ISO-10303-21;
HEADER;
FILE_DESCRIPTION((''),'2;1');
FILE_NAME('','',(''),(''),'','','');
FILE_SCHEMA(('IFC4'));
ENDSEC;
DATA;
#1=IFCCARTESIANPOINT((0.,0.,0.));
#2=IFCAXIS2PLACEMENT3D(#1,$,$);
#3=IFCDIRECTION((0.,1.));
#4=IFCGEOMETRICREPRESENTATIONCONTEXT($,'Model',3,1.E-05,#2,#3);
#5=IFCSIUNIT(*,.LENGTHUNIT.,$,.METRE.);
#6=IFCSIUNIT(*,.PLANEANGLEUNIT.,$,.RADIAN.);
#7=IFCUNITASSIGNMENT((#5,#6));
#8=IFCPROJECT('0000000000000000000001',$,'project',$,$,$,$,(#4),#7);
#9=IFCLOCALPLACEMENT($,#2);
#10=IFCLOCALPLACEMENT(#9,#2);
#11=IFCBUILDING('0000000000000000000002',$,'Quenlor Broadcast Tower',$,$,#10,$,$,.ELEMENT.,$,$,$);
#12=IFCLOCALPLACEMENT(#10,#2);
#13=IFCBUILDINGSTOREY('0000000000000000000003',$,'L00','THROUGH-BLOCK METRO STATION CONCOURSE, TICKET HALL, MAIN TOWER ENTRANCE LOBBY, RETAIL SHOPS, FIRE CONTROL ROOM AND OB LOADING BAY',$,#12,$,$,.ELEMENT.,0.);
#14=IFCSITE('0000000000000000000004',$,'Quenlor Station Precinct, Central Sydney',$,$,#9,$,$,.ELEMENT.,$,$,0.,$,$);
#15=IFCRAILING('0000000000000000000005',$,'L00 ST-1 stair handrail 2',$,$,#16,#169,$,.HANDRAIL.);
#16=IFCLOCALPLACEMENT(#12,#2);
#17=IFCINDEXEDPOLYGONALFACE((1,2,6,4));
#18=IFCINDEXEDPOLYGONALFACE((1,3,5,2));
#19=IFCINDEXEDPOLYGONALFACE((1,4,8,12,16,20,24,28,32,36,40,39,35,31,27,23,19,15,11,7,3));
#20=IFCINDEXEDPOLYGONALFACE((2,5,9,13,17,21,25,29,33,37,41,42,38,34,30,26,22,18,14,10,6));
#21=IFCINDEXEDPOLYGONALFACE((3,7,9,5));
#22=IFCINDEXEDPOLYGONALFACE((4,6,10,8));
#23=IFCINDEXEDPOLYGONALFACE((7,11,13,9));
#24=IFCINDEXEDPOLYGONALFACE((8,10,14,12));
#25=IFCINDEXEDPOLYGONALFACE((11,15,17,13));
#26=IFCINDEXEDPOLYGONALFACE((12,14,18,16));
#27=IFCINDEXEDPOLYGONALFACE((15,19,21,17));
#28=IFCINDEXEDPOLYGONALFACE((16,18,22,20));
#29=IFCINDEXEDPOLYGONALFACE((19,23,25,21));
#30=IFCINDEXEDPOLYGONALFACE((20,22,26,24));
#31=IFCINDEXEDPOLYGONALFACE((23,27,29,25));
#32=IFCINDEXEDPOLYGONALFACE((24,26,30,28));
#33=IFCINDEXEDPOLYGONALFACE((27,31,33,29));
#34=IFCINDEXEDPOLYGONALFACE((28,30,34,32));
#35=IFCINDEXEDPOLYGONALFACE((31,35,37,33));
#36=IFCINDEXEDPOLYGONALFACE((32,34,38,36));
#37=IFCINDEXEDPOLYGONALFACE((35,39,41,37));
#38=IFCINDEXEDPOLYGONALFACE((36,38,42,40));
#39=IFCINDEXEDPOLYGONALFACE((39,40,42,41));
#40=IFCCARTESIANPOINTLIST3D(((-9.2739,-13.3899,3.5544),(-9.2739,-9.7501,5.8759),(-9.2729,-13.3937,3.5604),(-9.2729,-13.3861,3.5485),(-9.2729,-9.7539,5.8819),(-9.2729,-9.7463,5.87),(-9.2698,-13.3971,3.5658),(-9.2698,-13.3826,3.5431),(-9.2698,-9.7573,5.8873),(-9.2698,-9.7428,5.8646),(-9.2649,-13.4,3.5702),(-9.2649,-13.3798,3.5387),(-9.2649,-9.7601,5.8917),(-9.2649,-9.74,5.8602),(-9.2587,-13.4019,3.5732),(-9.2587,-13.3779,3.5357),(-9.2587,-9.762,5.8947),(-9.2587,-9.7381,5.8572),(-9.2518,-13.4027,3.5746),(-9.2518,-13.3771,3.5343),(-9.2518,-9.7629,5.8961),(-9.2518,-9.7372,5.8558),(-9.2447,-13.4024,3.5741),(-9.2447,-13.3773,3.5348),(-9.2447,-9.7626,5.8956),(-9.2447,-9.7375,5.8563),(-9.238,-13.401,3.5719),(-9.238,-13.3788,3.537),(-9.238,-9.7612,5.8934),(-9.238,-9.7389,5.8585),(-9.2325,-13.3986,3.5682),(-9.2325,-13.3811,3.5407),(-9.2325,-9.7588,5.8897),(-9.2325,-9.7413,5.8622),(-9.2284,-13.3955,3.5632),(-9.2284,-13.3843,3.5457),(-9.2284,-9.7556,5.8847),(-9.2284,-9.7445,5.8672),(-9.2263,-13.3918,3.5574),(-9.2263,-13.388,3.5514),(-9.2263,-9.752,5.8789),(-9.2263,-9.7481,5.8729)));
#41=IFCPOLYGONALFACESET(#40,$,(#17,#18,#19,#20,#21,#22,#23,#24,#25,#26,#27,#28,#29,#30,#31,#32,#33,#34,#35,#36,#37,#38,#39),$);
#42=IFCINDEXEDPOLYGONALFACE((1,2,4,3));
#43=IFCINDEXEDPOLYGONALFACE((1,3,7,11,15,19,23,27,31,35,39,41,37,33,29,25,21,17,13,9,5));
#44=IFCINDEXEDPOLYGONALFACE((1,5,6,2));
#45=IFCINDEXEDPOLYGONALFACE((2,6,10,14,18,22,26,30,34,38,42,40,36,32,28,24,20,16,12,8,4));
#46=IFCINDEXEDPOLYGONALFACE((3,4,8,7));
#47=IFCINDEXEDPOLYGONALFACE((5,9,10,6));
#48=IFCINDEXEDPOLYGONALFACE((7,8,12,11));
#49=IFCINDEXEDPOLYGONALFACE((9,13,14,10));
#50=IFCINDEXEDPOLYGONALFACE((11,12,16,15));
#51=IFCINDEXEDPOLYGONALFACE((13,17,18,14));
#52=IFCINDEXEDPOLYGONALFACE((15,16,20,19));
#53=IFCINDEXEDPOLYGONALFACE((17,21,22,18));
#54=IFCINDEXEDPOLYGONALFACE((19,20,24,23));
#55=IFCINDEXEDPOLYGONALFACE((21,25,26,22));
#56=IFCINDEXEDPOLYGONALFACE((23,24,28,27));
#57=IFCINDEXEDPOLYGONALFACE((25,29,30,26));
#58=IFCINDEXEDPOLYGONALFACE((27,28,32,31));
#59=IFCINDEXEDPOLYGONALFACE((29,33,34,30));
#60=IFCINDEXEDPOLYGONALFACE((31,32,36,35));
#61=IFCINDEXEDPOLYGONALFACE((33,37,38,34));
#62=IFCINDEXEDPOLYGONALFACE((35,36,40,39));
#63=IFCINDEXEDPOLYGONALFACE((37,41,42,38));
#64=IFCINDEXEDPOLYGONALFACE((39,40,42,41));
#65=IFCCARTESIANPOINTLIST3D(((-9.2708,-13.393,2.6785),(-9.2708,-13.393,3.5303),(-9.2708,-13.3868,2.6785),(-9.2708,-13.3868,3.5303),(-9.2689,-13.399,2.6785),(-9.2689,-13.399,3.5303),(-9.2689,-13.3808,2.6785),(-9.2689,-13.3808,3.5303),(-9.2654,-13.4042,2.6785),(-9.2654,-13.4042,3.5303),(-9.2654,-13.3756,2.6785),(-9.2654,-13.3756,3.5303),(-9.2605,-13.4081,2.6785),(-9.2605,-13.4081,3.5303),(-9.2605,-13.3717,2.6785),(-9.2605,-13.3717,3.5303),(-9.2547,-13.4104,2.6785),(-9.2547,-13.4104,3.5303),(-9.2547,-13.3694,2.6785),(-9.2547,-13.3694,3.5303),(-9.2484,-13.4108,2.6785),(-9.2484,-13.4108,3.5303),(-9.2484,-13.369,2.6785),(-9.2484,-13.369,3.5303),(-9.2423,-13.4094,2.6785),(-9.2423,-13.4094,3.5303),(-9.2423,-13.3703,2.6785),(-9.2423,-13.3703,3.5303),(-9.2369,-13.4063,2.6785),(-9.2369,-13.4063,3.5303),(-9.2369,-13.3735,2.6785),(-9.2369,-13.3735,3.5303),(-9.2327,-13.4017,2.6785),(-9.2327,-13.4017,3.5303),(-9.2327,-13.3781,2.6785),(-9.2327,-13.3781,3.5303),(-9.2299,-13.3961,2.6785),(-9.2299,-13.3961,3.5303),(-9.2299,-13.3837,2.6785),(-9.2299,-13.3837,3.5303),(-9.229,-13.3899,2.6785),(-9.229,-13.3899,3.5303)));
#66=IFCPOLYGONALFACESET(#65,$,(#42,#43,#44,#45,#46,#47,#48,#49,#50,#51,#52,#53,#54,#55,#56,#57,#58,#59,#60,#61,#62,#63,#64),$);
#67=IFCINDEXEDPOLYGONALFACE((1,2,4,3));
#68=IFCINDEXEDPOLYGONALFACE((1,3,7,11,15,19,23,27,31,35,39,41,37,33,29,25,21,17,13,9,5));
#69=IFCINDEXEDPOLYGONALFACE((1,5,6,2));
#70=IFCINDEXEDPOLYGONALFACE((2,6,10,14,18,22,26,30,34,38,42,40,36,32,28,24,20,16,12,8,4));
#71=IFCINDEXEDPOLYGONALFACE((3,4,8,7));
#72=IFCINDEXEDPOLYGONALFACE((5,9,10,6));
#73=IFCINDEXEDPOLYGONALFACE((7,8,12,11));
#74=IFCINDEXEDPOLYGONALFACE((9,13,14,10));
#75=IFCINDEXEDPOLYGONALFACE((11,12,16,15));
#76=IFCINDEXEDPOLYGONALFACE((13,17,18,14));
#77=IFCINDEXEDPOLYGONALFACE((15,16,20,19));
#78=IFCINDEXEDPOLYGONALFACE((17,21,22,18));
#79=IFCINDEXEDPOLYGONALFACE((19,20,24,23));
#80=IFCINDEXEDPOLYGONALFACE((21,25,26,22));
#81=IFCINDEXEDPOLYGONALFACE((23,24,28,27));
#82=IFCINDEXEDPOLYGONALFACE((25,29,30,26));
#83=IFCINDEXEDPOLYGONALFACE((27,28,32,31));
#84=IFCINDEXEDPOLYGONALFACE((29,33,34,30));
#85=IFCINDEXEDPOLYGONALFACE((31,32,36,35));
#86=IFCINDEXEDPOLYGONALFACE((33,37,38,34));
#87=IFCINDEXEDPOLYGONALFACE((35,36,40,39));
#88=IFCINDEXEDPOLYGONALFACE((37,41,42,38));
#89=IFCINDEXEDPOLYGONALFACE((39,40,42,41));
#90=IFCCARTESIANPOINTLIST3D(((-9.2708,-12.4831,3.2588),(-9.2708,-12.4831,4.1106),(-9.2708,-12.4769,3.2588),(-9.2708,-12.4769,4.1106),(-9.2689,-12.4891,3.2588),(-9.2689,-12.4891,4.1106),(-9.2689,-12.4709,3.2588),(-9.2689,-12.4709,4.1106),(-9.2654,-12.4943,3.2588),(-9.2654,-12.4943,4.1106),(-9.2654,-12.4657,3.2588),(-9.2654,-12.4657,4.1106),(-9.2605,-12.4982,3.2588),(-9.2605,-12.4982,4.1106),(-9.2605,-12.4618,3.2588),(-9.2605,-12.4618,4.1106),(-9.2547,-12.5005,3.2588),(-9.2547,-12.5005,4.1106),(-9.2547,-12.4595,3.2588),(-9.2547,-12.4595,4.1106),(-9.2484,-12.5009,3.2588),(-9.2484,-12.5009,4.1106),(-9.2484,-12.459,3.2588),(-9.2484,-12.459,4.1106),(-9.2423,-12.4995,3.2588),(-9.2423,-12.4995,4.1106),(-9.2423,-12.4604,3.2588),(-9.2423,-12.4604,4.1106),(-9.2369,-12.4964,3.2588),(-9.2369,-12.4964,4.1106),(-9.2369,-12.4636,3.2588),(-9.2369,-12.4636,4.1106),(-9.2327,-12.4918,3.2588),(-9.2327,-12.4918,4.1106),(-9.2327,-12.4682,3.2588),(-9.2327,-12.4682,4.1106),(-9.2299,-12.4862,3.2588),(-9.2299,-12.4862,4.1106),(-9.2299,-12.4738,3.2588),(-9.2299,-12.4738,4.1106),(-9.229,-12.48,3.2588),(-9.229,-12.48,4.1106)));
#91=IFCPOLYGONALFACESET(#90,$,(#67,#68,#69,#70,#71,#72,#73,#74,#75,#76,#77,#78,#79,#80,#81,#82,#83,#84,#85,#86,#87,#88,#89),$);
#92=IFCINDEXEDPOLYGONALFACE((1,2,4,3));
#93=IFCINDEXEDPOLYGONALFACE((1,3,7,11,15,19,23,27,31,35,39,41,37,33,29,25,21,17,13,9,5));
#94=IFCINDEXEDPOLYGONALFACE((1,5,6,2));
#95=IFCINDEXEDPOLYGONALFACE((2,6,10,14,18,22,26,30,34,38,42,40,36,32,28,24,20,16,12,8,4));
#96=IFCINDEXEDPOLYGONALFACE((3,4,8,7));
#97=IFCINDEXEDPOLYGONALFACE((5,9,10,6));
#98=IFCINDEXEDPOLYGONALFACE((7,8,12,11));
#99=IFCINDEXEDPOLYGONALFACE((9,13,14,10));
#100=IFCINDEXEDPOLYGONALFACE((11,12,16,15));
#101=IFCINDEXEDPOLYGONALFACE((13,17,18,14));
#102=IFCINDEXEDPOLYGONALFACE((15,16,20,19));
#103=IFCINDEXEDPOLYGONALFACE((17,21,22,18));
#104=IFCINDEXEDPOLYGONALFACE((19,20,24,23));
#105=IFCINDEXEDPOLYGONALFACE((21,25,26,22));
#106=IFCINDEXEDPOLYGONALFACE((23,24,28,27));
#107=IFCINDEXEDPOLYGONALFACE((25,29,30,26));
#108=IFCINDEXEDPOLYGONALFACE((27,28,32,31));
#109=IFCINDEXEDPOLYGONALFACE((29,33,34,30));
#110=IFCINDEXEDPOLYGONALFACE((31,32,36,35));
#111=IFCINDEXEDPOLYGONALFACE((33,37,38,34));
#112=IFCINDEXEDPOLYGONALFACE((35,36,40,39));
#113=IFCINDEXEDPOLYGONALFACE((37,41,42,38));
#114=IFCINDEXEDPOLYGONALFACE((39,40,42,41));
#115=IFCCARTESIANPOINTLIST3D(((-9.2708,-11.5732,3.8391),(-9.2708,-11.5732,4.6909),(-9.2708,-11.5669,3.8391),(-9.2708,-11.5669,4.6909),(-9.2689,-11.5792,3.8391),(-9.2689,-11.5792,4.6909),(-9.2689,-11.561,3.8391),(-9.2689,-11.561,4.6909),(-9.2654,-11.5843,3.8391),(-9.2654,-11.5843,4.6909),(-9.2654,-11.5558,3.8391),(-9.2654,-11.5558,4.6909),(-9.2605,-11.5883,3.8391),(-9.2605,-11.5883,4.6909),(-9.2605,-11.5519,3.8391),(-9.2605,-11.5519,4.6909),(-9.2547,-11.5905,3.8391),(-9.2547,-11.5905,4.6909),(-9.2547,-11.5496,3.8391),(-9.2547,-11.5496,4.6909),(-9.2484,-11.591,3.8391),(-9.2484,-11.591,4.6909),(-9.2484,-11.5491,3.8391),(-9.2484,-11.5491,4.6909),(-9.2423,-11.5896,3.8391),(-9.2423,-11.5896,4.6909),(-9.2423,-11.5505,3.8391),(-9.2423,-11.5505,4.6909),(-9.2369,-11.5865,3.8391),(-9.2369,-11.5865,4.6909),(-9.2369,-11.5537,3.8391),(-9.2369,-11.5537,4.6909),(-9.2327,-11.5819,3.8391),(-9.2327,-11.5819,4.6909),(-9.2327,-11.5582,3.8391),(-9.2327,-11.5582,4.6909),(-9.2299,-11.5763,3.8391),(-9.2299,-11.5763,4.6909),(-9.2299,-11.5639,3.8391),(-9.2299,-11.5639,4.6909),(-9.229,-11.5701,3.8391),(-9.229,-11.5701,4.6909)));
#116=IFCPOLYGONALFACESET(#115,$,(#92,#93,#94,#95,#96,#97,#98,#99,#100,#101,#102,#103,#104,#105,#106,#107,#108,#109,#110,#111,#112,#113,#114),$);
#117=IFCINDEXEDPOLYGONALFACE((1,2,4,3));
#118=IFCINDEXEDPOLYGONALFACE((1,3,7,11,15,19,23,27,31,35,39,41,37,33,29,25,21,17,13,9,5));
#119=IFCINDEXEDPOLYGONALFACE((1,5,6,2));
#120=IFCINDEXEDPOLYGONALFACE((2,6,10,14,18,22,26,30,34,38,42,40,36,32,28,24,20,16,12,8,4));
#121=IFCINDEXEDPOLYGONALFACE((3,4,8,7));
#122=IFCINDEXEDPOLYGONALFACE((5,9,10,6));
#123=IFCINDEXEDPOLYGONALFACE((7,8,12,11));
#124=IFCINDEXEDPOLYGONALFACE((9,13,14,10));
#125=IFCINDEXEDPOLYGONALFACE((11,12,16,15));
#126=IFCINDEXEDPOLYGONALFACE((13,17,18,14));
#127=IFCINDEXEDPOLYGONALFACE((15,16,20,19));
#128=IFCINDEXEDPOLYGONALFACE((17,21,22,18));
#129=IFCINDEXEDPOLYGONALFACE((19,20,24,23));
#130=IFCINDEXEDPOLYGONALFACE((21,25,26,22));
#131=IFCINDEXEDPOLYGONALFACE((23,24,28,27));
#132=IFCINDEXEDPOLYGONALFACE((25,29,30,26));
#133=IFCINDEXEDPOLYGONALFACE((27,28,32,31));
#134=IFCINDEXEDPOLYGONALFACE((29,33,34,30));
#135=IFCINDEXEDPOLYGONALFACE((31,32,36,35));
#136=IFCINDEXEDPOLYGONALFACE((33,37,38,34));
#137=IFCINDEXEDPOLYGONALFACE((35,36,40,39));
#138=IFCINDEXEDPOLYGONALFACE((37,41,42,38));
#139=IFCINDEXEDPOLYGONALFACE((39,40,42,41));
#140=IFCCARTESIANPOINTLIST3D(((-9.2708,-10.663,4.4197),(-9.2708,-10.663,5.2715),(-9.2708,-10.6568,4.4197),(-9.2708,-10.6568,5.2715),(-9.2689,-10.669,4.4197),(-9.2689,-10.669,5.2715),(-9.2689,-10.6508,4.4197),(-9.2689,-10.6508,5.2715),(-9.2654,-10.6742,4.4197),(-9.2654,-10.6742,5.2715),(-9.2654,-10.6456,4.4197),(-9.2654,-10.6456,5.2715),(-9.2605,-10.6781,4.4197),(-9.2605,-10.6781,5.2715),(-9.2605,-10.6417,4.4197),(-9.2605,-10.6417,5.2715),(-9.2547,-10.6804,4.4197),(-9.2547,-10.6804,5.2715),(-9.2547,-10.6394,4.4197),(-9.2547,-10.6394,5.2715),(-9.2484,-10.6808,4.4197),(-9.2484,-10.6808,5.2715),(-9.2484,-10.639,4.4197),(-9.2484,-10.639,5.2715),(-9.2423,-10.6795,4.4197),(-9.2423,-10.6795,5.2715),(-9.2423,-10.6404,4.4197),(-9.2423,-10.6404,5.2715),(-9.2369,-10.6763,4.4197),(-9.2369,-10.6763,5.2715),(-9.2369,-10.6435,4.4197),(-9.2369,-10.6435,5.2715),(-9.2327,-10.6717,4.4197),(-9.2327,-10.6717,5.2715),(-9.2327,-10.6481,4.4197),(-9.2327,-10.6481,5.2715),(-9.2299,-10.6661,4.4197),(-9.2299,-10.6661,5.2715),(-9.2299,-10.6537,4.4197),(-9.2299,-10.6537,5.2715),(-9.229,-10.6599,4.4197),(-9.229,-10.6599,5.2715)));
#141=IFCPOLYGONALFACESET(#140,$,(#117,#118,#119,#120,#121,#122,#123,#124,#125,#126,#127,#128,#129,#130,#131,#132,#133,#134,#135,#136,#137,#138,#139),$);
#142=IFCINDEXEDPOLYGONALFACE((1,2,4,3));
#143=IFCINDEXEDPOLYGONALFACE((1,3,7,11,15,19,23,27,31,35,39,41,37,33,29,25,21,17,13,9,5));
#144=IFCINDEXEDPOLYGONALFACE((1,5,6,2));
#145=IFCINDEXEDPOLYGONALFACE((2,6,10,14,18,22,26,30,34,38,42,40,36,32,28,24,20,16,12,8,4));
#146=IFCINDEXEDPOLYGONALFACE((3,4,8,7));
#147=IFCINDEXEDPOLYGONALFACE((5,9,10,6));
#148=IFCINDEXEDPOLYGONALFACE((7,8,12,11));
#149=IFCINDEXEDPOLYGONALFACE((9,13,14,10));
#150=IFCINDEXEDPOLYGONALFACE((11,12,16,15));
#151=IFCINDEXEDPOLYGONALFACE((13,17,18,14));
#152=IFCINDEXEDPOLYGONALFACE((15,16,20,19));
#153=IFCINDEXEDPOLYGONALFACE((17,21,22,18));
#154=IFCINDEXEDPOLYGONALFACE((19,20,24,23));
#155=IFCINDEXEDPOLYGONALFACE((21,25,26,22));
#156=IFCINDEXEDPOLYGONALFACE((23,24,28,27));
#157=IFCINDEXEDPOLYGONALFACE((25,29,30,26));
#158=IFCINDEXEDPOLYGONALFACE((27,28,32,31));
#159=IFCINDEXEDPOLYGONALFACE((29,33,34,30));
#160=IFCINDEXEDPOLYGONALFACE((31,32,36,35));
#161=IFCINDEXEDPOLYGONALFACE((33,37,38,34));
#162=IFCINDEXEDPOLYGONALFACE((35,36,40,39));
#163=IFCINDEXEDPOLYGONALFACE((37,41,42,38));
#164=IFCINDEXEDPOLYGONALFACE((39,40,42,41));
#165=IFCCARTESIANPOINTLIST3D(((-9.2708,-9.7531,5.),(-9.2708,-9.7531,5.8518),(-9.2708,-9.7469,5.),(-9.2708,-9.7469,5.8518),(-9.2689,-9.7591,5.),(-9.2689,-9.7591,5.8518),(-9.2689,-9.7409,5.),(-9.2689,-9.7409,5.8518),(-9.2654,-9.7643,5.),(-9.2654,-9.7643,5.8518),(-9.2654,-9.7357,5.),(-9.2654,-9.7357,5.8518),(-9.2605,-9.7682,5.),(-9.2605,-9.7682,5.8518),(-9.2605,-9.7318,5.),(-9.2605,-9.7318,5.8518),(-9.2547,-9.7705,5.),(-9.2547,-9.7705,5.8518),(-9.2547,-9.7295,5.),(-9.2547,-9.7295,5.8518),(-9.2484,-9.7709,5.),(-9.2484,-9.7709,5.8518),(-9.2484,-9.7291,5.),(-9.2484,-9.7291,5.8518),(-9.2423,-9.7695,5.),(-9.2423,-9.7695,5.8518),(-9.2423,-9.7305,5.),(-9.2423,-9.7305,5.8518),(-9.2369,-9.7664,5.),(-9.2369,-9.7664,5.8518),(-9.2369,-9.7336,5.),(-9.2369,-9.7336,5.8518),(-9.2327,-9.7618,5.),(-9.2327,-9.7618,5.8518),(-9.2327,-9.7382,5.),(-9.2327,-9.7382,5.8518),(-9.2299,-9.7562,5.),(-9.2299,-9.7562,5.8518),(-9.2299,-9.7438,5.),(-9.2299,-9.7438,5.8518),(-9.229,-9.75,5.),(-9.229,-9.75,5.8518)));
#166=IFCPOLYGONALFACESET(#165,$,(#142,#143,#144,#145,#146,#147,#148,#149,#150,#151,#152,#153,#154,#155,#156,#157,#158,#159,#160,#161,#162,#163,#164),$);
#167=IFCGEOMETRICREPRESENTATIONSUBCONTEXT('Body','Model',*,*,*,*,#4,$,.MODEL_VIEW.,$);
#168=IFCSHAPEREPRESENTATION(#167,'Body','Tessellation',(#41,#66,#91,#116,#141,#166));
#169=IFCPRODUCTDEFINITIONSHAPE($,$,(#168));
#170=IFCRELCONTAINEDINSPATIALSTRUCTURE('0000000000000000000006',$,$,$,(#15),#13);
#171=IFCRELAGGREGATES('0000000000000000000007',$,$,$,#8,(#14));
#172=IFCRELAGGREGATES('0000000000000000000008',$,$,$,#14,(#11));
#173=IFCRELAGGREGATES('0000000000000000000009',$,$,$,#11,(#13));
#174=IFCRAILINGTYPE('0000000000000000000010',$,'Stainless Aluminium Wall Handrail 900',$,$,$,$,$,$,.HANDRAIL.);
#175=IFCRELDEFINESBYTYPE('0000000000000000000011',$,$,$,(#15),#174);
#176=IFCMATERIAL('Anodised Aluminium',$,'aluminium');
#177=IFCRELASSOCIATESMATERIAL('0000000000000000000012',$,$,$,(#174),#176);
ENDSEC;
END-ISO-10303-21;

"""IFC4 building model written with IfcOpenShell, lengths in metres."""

from ifc_helpers import new_model, si_unit, direction, frame, origin, origin_2d, place, context, subcontext, project, spatial, circle, extrude, material, type_object, element, save


model = new_model("IFC4")

# Units and contexts
model_context = context("Model", 3, precision=1e-05, world=origin(), true_north=direction((0.0, 1.0)))
body_context = subcontext(model_context, "Body", "Model", "MODEL_VIEW")
ifc_project = project(units=[si_unit("LENGTHUNIT", "METRE"), si_unit("PLANEANGLEUNIT", "RADIAN")], contexts=[model_context])

# Site, building, storey
site_placement = place(None, origin())
site = spatial("IfcSite", under=ifc_project, at=site_placement, Name="Quenlor Station Precinct, Central Sydney", CompositionType="ELEMENT", RefElevation=0.0)
building_placement = place(site_placement, origin())
building = spatial("IfcBuilding", under=site, at=building_placement, Name="Quenlor Broadcast Tower", CompositionType="ELEMENT")
storey_placement = place(building_placement, origin())
storey = spatial("IfcBuildingStorey", under=building, at=storey_placement, Name="L00", Description="THROUGH-BLOCK METRO STATION CONCOURSE, TICKET HALL, MAIN TOWER ENTRANCE LOBBY, RETAIL SHOPS, FIRE CONTROL ROOM AND OB LOADING BAY", CompositionType="ELEMENT", Elevation=0.0)

# Railing
ifc_material_1 = material(Name="Anodised Aluminium", Category="aluminium")
railing_type_1 = type_object("IfcRailingType", Name="Stainless Aluminium Wall Handrail 900", PredefinedType="HANDRAIL", material=ifc_material_1)
railing_1_placement = place(storey_placement, frame((-9.25, -13.3899, 2.6785)))
element("IfcRailing", 1, at=railing_1_placement, inside=storey, type_object=railing_type_1, Name="L00 ST-1 stair handrail 2", PredefinedType="HANDRAIL", context=body_context, shape_type="SweptSolid", body=[
    extrude(circle(Radius=0.0239, at=origin_2d()), frame((0.0, 0.0, 0.876), z_axis=(0.0, 0.843112, 0.537739), x_axis=(-1.0, 0.0, 0.0)), (0.0, 0.0, 1.0), 4.3171),
    extrude(circle(Radius=0.021, at=origin_2d()), origin(), (0.0, 0.0, 1.0), 0.8518),
    extrude(circle(Radius=0.021, at=origin_2d()), frame((0.0, 0.9099, 0.5803)), (0.0, 0.0, 1.0), 0.8518),
    extrude(circle(Radius=0.021, at=origin_2d()), frame((0.0, 1.8198, 1.1606)), (0.0, 0.0, 1.0), 0.8518),
    extrude(circle(Radius=0.021, at=origin_2d()), frame((0.0, 2.73, 1.7412)), (0.0, 0.0, 1.0), 0.8518),
    extrude(circle(Radius=0.021, at=origin_2d()), frame((0.0, 3.6399, 2.3215)), (0.0, 0.0, 1.0), 0.8518),
])

save(model, "model.ifc")
